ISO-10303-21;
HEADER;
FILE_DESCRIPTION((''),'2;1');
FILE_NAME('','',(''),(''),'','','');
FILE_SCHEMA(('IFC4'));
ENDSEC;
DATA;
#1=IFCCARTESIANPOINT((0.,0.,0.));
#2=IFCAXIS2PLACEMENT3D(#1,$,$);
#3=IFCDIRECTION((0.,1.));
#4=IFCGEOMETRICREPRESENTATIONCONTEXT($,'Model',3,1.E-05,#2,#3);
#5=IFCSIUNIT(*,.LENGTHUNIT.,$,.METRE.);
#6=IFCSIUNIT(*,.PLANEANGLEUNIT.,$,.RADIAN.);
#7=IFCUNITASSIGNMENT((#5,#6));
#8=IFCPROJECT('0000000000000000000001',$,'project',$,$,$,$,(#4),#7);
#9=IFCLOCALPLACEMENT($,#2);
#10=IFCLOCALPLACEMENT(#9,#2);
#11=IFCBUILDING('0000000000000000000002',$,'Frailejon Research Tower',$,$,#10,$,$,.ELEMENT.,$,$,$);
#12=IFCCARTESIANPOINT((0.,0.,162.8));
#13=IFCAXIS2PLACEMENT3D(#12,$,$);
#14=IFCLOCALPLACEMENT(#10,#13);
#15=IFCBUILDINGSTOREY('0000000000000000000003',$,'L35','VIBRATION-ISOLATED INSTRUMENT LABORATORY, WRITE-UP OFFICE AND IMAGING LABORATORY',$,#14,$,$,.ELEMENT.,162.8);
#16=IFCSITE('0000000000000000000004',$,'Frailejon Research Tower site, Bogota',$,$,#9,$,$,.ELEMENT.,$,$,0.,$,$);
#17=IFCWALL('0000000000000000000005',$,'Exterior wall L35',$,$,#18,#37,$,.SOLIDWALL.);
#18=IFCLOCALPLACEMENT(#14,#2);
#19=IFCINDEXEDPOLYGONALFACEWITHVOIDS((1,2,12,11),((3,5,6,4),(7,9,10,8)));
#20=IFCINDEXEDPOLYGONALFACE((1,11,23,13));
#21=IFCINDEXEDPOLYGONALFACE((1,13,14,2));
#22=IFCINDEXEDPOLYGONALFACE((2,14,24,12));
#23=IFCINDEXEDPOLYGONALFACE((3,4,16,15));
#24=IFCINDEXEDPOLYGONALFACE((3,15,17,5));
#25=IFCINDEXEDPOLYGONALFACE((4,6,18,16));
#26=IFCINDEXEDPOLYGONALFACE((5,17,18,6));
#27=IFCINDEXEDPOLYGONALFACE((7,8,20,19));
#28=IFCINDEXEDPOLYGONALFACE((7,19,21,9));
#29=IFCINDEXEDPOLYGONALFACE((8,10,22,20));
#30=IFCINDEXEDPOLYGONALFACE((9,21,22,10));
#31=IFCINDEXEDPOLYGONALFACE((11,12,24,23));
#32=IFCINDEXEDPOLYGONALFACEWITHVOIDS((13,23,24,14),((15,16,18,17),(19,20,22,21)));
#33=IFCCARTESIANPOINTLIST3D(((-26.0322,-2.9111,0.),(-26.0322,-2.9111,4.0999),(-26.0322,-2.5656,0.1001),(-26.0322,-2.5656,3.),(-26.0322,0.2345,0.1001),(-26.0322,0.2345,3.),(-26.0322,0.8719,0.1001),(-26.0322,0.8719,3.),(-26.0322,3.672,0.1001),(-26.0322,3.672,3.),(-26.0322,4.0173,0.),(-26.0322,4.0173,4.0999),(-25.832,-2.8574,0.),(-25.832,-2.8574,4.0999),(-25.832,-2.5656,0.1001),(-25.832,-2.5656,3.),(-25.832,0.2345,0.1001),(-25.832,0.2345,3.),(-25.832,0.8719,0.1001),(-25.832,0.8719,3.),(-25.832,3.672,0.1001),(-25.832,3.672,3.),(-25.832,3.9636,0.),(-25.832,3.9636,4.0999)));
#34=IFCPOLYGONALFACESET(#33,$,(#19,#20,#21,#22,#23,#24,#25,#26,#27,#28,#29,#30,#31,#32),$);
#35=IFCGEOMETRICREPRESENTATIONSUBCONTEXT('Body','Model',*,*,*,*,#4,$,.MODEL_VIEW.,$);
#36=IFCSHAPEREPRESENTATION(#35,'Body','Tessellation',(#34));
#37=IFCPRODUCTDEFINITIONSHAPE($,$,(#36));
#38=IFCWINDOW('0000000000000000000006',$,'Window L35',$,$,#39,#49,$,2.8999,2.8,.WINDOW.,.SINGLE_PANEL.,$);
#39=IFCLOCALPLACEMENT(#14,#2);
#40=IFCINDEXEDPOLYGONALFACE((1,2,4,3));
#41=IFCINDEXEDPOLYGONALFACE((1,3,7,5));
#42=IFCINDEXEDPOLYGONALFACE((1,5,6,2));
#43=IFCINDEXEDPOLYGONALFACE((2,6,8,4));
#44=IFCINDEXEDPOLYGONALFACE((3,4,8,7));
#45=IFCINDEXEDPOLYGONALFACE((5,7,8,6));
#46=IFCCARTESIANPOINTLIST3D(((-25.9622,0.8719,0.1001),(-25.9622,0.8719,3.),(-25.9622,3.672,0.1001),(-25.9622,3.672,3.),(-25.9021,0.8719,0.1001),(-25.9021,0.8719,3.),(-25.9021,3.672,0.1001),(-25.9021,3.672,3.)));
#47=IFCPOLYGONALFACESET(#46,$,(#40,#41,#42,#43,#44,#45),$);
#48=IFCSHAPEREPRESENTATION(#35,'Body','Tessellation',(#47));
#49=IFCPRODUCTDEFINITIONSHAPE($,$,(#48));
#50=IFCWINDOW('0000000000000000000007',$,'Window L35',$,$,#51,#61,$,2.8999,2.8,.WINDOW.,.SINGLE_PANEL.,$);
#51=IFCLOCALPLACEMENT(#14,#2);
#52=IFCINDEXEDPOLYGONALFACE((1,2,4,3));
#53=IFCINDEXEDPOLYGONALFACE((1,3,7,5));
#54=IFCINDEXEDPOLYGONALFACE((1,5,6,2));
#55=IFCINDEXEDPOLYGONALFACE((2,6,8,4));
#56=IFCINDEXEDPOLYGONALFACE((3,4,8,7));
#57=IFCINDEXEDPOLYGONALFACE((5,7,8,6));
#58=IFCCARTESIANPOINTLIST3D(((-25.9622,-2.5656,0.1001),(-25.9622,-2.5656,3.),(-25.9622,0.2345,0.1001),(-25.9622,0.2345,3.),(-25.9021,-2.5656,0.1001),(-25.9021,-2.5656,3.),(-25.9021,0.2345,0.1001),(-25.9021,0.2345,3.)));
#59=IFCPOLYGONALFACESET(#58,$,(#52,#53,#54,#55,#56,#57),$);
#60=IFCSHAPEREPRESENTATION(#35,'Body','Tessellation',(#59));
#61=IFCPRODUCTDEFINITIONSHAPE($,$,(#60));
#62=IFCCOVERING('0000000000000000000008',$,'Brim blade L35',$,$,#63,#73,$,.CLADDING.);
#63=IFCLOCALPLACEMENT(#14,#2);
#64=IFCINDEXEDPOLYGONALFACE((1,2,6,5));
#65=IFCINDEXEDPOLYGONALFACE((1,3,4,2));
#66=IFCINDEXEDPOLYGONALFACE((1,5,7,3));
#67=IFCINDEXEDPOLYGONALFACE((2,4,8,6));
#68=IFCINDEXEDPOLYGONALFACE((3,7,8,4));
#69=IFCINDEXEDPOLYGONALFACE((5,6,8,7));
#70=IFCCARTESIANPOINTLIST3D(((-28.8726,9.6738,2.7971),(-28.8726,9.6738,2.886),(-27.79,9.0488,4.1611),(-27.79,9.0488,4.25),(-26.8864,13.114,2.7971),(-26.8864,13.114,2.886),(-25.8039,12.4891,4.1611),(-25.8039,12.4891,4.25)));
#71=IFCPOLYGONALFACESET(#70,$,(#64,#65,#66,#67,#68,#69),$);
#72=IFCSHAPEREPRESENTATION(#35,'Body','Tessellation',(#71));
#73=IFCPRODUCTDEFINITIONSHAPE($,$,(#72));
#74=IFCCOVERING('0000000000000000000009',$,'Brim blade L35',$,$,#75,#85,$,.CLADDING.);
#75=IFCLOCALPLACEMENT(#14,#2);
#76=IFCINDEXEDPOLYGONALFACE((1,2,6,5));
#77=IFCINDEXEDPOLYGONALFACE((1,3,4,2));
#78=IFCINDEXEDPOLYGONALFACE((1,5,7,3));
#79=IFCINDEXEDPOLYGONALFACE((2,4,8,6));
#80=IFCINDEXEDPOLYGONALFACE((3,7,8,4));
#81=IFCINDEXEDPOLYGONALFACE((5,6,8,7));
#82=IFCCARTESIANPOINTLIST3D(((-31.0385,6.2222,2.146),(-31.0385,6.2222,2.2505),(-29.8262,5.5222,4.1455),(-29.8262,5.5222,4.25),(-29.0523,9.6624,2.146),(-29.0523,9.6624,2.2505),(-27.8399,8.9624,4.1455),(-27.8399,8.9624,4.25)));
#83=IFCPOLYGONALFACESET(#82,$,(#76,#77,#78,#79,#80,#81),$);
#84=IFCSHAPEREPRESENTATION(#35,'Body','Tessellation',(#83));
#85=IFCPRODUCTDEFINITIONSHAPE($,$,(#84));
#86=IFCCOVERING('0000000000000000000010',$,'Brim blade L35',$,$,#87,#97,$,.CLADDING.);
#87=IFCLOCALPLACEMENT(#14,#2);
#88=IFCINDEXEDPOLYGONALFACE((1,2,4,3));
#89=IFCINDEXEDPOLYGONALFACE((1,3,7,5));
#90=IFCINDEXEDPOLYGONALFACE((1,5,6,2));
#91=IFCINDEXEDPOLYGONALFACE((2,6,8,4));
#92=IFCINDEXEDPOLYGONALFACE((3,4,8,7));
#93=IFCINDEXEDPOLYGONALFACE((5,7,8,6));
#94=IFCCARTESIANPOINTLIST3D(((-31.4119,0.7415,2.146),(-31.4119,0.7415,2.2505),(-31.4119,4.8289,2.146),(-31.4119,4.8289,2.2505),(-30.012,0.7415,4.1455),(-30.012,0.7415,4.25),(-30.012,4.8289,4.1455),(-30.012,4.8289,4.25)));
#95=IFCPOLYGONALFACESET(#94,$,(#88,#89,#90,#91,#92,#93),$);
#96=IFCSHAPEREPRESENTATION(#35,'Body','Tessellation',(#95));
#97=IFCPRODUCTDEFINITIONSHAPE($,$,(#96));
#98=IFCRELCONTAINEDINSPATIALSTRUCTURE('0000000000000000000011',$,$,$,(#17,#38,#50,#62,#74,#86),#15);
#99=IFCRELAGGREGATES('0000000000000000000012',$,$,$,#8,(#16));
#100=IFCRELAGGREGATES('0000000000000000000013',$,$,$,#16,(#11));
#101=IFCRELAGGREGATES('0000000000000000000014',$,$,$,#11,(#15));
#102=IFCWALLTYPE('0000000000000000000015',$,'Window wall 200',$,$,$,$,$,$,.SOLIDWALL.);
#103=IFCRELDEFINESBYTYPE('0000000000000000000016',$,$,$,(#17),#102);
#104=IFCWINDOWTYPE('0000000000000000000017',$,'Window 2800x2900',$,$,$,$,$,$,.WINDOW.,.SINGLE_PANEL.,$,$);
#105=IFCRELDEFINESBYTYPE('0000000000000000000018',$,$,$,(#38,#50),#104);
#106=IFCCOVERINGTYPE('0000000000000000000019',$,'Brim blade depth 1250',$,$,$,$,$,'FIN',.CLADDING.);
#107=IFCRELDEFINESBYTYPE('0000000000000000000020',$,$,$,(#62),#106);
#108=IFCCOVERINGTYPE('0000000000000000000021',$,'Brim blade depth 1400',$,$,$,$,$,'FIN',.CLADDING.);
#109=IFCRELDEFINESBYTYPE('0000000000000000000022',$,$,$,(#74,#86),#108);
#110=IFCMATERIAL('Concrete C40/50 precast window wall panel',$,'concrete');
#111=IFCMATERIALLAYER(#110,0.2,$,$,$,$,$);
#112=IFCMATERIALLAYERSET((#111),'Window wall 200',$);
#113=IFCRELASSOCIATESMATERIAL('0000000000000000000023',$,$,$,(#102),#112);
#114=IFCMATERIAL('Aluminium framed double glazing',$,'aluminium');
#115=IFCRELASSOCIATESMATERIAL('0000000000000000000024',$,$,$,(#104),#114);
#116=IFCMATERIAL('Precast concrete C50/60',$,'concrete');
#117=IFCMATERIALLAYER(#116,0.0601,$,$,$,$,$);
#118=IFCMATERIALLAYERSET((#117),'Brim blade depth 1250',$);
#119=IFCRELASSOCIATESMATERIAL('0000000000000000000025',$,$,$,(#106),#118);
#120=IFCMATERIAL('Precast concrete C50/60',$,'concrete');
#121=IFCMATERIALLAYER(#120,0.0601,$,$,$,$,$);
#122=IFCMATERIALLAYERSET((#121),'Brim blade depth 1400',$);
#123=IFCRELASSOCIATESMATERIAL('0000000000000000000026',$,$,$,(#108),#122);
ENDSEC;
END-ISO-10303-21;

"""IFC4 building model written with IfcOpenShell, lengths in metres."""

from ifc_helpers import new_model, si_unit, direction, frame, frame_2d, origin, place, context, subcontext, project, spatial, polyline, rectangle, outline, extrude, material, layer, layer_set, type_object, element, fill, save


model = new_model("IFC4")

# Units and contexts
model_context = context("Model", 3, precision=1e-05, world=origin(), true_north=direction((0.0, 1.0)))
body_context = subcontext(model_context, "Body", "Model", "MODEL_VIEW")
ifc_project = project(units=[si_unit("LENGTHUNIT", "METRE"), si_unit("PLANEANGLEUNIT", "RADIAN")], contexts=[model_context])

# Site, building, storey
site_placement = place(None, origin())
site = spatial("IfcSite", under=ifc_project, at=site_placement, Name="Frailejon Research Tower site, Bogota", CompositionType="ELEMENT", RefElevation=0.0)
building_placement = place(site_placement, origin())
building = spatial("IfcBuilding", under=site, at=building_placement, Name="Frailejon Research Tower", CompositionType="ELEMENT")
storey_placement = place(building_placement, frame((0.0, 0.0, 162.8)))
storey = spatial("IfcBuildingStorey", under=building, at=storey_placement, Name="L35", Description="VIBRATION-ISOLATED INSTRUMENT LABORATORY, WRITE-UP OFFICE AND IMAGING LABORATORY", CompositionType="ELEMENT", Elevation=162.8)

# Wall, openings, windows
ifc_material_1 = material(Name="Concrete C40/50 precast window wall panel", Category="concrete")
ifc_layer_1 = layer(ifc_material_1, 0.2)
ifc_layer_set_1 = layer_set([ifc_layer_1], Name="Window wall 200")
wall_type_1 = type_object("IfcWallType", Name="Window wall 200", PredefinedType="SOLIDWALL", material=ifc_layer_set_1)
wall_1_placement = place(storey_placement, frame((-25.9321, 3.9905, 0.0), z_axis=(0.0, 0.0, 1.0), x_axis=(0.0, -1.0, 0.0)))
wall_1 = element("IfcWall", 1, at=wall_1_placement, inside=storey, type_object=wall_type_1, Name="Exterior wall L35", PredefinedType="SOLIDWALL", context=body_context, shape_type="SweptSolid", body=[
    extrude(outline(polyline([(-0.0269, -0.1001), (1.1279, -0.1001), (2.2827, -0.1001), (3.4375, -0.1001), (4.592, -0.1001), (5.7468, -0.1001), (6.9016, -0.1001), (6.8479, 0.1001), (5.7109, 0.1001), (4.5742, 0.1001), (3.4375, 0.1001), (2.3005, 0.1001), (1.1636, 0.1001), (0.0269, 0.1001), (-0.0269, -0.1001)])), origin(), (0.0, 0.0, 1.0), 4.0999),
])
opening_1_placement = place(wall_1_placement, frame((0.3186, 0.0, 0.1001)))
opening_1 = element("IfcOpeningElement", 2, at=opening_1_placement, cuts=wall_1, PredefinedType="OPENING", context=body_context, shape_type="SweptSolid", body=[
    extrude(rectangle(XDim=2.8, YDim=2.8999, at=frame_2d((1.3999, 1.45))), frame((0.0, 0.1099, 0.0), z_axis=(0.0, -1.0, 0.0), x_axis=(1.0, 0.0, 0.0)), (0.0, 0.0, 1.0), 0.22),
])
opening_2_placement = place(wall_1_placement, frame((3.7561, 0.0, 0.1001)))
opening_2 = element("IfcOpeningElement", 3, at=opening_2_placement, cuts=wall_1, PredefinedType="OPENING", context=body_context, shape_type="SweptSolid", body=[
    extrude(rectangle(XDim=2.8, YDim=2.8999, at=frame_2d((1.3999, 1.45))), frame((0.0, 0.1099, 0.0), z_axis=(0.0, -1.0, 0.0), x_axis=(1.0, 0.0, 0.0)), (0.0, 0.0, 1.0), 0.22),
])
ifc_material_2 = material(Name="Aluminium framed double glazing", Category="aluminium")
window_type_1 = type_object("IfcWindowType", Name="Window 2800x2900", PartitioningType="SINGLE_PANEL", PredefinedType="WINDOW", material=ifc_material_2)
window_1_placement = place(opening_1_placement, origin())
window_1 = element("IfcWindow", 4, at=window_1_placement, inside=storey, type_object=window_type_1, Name="Window L35", OverallHeight=2.8999, OverallWidth=2.8, PartitioningType="SINGLE_PANEL", PredefinedType="WINDOW", context=body_context, shape_type="SweptSolid", body=[
    extrude(rectangle(XDim=2.8, YDim=2.8999, at=frame_2d((1.3999, 1.45))), frame((0.0, 0.03, 0.0), z_axis=(0.0, -1.0, 0.0), x_axis=(1.0, 0.0, 0.0)), (0.0, 0.0, 1.0), 0.0601),
])
fill(opening_1, window_1)
window_2_placement = place(opening_2_placement, origin())
window_2 = element("IfcWindow", 5, at=window_2_placement, inside=storey, type_object=window_type_1, Name="Window L35", OverallHeight=2.8999, OverallWidth=2.8, PartitioningType="SINGLE_PANEL", PredefinedType="WINDOW", context=body_context, shape_type="SweptSolid", body=[
    extrude(rectangle(XDim=2.8, YDim=2.8999, at=frame_2d((1.3999, 1.45))), frame((0.0, 0.03, 0.0), z_axis=(0.0, -1.0, 0.0), x_axis=(1.0, 0.0, 0.0)), (0.0, 0.0, 1.0), 0.0601),
])
fill(opening_2, window_2)

# Coverings
ifc_material_3 = material(Name="Precast concrete C50/60", Category="concrete")
ifc_layer_2 = layer(ifc_material_3, 0.0601)
ifc_layer_set_2 = layer_set([ifc_layer_2], Name="Brim blade depth 1250")
covering_type_1 = type_object("IfcCoveringType", Name="Brim blade depth 1250", ElementType="FIN", PredefinedType="CLADDING", material=ifc_layer_set_2)
covering_1_placement = place(storey_placement, frame((-27.79, 9.0488, 4.25), z_axis=(0.499992, 0.86603, 0.0), x_axis=(-0.86603, 0.499992, 0.0)))
element("IfcCovering", 6, at=covering_1_placement, inside=storey, type_object=covering_type_1, Name="Brim blade L35", PredefinedType="CLADDING", context=body_context, shape_type="SweptSolid", body=[
    extrude(outline(polyline([(0.0, -0.0889), (1.25, -1.4529), (1.25, -1.364), (0.0, 0.0), (0.0, -0.0889)])), origin(), (0.0, 0.0, 1.0), 3.9724),
])
ifc_material_4 = material(Name="Precast concrete C50/60", Category="concrete")
ifc_layer_3 = layer(ifc_material_4, 0.0601)
ifc_layer_set_3 = layer_set([ifc_layer_3], Name="Brim blade depth 1400")
covering_type_2 = type_object("IfcCoveringType", Name="Brim blade depth 1400", ElementType="FIN", PredefinedType="CLADDING", material=ifc_layer_set_3)
covering_2_placement = place(storey_placement, frame((-29.8262, 5.5222, 4.25), z_axis=(0.500011, 0.866019, 0.0), x_axis=(-0.866019, 0.500011, 0.0)))
element("IfcCovering", 7, at=covering_2_placement, inside=storey, type_object=covering_type_2, Name="Brim blade L35", PredefinedType="CLADDING", context=body_context, shape_type="SweptSolid", body=[
    extrude(outline(polyline([(0.0, -0.1045), (1.3999, -2.104), (1.3999, -1.9995), (0.0, 0.0), (0.0, -0.1045)])), origin(), (0.0, 0.0, 1.0), 3.9724),
])
covering_3_placement = place(storey_placement, frame((-30.012, 0.7415, 4.25), z_axis=(0.0, 1.0, 0.0), x_axis=(-1.0, 0.0, 0.0)))
element("IfcCovering", 8, at=covering_3_placement, inside=storey, type_object=covering_type_2, Name="Brim blade L35", PredefinedType="CLADDING", context=body_context, shape_type="SweptSolid", body=[
    extrude(outline(polyline([(0.0, -0.1045), (1.3999, -2.104), (1.3999, -1.9995), (0.0, 0.0), (0.0, -0.1045)])), origin(), (0.0, 0.0, 1.0), 4.0874),
])

save(model, "model.ifc")
